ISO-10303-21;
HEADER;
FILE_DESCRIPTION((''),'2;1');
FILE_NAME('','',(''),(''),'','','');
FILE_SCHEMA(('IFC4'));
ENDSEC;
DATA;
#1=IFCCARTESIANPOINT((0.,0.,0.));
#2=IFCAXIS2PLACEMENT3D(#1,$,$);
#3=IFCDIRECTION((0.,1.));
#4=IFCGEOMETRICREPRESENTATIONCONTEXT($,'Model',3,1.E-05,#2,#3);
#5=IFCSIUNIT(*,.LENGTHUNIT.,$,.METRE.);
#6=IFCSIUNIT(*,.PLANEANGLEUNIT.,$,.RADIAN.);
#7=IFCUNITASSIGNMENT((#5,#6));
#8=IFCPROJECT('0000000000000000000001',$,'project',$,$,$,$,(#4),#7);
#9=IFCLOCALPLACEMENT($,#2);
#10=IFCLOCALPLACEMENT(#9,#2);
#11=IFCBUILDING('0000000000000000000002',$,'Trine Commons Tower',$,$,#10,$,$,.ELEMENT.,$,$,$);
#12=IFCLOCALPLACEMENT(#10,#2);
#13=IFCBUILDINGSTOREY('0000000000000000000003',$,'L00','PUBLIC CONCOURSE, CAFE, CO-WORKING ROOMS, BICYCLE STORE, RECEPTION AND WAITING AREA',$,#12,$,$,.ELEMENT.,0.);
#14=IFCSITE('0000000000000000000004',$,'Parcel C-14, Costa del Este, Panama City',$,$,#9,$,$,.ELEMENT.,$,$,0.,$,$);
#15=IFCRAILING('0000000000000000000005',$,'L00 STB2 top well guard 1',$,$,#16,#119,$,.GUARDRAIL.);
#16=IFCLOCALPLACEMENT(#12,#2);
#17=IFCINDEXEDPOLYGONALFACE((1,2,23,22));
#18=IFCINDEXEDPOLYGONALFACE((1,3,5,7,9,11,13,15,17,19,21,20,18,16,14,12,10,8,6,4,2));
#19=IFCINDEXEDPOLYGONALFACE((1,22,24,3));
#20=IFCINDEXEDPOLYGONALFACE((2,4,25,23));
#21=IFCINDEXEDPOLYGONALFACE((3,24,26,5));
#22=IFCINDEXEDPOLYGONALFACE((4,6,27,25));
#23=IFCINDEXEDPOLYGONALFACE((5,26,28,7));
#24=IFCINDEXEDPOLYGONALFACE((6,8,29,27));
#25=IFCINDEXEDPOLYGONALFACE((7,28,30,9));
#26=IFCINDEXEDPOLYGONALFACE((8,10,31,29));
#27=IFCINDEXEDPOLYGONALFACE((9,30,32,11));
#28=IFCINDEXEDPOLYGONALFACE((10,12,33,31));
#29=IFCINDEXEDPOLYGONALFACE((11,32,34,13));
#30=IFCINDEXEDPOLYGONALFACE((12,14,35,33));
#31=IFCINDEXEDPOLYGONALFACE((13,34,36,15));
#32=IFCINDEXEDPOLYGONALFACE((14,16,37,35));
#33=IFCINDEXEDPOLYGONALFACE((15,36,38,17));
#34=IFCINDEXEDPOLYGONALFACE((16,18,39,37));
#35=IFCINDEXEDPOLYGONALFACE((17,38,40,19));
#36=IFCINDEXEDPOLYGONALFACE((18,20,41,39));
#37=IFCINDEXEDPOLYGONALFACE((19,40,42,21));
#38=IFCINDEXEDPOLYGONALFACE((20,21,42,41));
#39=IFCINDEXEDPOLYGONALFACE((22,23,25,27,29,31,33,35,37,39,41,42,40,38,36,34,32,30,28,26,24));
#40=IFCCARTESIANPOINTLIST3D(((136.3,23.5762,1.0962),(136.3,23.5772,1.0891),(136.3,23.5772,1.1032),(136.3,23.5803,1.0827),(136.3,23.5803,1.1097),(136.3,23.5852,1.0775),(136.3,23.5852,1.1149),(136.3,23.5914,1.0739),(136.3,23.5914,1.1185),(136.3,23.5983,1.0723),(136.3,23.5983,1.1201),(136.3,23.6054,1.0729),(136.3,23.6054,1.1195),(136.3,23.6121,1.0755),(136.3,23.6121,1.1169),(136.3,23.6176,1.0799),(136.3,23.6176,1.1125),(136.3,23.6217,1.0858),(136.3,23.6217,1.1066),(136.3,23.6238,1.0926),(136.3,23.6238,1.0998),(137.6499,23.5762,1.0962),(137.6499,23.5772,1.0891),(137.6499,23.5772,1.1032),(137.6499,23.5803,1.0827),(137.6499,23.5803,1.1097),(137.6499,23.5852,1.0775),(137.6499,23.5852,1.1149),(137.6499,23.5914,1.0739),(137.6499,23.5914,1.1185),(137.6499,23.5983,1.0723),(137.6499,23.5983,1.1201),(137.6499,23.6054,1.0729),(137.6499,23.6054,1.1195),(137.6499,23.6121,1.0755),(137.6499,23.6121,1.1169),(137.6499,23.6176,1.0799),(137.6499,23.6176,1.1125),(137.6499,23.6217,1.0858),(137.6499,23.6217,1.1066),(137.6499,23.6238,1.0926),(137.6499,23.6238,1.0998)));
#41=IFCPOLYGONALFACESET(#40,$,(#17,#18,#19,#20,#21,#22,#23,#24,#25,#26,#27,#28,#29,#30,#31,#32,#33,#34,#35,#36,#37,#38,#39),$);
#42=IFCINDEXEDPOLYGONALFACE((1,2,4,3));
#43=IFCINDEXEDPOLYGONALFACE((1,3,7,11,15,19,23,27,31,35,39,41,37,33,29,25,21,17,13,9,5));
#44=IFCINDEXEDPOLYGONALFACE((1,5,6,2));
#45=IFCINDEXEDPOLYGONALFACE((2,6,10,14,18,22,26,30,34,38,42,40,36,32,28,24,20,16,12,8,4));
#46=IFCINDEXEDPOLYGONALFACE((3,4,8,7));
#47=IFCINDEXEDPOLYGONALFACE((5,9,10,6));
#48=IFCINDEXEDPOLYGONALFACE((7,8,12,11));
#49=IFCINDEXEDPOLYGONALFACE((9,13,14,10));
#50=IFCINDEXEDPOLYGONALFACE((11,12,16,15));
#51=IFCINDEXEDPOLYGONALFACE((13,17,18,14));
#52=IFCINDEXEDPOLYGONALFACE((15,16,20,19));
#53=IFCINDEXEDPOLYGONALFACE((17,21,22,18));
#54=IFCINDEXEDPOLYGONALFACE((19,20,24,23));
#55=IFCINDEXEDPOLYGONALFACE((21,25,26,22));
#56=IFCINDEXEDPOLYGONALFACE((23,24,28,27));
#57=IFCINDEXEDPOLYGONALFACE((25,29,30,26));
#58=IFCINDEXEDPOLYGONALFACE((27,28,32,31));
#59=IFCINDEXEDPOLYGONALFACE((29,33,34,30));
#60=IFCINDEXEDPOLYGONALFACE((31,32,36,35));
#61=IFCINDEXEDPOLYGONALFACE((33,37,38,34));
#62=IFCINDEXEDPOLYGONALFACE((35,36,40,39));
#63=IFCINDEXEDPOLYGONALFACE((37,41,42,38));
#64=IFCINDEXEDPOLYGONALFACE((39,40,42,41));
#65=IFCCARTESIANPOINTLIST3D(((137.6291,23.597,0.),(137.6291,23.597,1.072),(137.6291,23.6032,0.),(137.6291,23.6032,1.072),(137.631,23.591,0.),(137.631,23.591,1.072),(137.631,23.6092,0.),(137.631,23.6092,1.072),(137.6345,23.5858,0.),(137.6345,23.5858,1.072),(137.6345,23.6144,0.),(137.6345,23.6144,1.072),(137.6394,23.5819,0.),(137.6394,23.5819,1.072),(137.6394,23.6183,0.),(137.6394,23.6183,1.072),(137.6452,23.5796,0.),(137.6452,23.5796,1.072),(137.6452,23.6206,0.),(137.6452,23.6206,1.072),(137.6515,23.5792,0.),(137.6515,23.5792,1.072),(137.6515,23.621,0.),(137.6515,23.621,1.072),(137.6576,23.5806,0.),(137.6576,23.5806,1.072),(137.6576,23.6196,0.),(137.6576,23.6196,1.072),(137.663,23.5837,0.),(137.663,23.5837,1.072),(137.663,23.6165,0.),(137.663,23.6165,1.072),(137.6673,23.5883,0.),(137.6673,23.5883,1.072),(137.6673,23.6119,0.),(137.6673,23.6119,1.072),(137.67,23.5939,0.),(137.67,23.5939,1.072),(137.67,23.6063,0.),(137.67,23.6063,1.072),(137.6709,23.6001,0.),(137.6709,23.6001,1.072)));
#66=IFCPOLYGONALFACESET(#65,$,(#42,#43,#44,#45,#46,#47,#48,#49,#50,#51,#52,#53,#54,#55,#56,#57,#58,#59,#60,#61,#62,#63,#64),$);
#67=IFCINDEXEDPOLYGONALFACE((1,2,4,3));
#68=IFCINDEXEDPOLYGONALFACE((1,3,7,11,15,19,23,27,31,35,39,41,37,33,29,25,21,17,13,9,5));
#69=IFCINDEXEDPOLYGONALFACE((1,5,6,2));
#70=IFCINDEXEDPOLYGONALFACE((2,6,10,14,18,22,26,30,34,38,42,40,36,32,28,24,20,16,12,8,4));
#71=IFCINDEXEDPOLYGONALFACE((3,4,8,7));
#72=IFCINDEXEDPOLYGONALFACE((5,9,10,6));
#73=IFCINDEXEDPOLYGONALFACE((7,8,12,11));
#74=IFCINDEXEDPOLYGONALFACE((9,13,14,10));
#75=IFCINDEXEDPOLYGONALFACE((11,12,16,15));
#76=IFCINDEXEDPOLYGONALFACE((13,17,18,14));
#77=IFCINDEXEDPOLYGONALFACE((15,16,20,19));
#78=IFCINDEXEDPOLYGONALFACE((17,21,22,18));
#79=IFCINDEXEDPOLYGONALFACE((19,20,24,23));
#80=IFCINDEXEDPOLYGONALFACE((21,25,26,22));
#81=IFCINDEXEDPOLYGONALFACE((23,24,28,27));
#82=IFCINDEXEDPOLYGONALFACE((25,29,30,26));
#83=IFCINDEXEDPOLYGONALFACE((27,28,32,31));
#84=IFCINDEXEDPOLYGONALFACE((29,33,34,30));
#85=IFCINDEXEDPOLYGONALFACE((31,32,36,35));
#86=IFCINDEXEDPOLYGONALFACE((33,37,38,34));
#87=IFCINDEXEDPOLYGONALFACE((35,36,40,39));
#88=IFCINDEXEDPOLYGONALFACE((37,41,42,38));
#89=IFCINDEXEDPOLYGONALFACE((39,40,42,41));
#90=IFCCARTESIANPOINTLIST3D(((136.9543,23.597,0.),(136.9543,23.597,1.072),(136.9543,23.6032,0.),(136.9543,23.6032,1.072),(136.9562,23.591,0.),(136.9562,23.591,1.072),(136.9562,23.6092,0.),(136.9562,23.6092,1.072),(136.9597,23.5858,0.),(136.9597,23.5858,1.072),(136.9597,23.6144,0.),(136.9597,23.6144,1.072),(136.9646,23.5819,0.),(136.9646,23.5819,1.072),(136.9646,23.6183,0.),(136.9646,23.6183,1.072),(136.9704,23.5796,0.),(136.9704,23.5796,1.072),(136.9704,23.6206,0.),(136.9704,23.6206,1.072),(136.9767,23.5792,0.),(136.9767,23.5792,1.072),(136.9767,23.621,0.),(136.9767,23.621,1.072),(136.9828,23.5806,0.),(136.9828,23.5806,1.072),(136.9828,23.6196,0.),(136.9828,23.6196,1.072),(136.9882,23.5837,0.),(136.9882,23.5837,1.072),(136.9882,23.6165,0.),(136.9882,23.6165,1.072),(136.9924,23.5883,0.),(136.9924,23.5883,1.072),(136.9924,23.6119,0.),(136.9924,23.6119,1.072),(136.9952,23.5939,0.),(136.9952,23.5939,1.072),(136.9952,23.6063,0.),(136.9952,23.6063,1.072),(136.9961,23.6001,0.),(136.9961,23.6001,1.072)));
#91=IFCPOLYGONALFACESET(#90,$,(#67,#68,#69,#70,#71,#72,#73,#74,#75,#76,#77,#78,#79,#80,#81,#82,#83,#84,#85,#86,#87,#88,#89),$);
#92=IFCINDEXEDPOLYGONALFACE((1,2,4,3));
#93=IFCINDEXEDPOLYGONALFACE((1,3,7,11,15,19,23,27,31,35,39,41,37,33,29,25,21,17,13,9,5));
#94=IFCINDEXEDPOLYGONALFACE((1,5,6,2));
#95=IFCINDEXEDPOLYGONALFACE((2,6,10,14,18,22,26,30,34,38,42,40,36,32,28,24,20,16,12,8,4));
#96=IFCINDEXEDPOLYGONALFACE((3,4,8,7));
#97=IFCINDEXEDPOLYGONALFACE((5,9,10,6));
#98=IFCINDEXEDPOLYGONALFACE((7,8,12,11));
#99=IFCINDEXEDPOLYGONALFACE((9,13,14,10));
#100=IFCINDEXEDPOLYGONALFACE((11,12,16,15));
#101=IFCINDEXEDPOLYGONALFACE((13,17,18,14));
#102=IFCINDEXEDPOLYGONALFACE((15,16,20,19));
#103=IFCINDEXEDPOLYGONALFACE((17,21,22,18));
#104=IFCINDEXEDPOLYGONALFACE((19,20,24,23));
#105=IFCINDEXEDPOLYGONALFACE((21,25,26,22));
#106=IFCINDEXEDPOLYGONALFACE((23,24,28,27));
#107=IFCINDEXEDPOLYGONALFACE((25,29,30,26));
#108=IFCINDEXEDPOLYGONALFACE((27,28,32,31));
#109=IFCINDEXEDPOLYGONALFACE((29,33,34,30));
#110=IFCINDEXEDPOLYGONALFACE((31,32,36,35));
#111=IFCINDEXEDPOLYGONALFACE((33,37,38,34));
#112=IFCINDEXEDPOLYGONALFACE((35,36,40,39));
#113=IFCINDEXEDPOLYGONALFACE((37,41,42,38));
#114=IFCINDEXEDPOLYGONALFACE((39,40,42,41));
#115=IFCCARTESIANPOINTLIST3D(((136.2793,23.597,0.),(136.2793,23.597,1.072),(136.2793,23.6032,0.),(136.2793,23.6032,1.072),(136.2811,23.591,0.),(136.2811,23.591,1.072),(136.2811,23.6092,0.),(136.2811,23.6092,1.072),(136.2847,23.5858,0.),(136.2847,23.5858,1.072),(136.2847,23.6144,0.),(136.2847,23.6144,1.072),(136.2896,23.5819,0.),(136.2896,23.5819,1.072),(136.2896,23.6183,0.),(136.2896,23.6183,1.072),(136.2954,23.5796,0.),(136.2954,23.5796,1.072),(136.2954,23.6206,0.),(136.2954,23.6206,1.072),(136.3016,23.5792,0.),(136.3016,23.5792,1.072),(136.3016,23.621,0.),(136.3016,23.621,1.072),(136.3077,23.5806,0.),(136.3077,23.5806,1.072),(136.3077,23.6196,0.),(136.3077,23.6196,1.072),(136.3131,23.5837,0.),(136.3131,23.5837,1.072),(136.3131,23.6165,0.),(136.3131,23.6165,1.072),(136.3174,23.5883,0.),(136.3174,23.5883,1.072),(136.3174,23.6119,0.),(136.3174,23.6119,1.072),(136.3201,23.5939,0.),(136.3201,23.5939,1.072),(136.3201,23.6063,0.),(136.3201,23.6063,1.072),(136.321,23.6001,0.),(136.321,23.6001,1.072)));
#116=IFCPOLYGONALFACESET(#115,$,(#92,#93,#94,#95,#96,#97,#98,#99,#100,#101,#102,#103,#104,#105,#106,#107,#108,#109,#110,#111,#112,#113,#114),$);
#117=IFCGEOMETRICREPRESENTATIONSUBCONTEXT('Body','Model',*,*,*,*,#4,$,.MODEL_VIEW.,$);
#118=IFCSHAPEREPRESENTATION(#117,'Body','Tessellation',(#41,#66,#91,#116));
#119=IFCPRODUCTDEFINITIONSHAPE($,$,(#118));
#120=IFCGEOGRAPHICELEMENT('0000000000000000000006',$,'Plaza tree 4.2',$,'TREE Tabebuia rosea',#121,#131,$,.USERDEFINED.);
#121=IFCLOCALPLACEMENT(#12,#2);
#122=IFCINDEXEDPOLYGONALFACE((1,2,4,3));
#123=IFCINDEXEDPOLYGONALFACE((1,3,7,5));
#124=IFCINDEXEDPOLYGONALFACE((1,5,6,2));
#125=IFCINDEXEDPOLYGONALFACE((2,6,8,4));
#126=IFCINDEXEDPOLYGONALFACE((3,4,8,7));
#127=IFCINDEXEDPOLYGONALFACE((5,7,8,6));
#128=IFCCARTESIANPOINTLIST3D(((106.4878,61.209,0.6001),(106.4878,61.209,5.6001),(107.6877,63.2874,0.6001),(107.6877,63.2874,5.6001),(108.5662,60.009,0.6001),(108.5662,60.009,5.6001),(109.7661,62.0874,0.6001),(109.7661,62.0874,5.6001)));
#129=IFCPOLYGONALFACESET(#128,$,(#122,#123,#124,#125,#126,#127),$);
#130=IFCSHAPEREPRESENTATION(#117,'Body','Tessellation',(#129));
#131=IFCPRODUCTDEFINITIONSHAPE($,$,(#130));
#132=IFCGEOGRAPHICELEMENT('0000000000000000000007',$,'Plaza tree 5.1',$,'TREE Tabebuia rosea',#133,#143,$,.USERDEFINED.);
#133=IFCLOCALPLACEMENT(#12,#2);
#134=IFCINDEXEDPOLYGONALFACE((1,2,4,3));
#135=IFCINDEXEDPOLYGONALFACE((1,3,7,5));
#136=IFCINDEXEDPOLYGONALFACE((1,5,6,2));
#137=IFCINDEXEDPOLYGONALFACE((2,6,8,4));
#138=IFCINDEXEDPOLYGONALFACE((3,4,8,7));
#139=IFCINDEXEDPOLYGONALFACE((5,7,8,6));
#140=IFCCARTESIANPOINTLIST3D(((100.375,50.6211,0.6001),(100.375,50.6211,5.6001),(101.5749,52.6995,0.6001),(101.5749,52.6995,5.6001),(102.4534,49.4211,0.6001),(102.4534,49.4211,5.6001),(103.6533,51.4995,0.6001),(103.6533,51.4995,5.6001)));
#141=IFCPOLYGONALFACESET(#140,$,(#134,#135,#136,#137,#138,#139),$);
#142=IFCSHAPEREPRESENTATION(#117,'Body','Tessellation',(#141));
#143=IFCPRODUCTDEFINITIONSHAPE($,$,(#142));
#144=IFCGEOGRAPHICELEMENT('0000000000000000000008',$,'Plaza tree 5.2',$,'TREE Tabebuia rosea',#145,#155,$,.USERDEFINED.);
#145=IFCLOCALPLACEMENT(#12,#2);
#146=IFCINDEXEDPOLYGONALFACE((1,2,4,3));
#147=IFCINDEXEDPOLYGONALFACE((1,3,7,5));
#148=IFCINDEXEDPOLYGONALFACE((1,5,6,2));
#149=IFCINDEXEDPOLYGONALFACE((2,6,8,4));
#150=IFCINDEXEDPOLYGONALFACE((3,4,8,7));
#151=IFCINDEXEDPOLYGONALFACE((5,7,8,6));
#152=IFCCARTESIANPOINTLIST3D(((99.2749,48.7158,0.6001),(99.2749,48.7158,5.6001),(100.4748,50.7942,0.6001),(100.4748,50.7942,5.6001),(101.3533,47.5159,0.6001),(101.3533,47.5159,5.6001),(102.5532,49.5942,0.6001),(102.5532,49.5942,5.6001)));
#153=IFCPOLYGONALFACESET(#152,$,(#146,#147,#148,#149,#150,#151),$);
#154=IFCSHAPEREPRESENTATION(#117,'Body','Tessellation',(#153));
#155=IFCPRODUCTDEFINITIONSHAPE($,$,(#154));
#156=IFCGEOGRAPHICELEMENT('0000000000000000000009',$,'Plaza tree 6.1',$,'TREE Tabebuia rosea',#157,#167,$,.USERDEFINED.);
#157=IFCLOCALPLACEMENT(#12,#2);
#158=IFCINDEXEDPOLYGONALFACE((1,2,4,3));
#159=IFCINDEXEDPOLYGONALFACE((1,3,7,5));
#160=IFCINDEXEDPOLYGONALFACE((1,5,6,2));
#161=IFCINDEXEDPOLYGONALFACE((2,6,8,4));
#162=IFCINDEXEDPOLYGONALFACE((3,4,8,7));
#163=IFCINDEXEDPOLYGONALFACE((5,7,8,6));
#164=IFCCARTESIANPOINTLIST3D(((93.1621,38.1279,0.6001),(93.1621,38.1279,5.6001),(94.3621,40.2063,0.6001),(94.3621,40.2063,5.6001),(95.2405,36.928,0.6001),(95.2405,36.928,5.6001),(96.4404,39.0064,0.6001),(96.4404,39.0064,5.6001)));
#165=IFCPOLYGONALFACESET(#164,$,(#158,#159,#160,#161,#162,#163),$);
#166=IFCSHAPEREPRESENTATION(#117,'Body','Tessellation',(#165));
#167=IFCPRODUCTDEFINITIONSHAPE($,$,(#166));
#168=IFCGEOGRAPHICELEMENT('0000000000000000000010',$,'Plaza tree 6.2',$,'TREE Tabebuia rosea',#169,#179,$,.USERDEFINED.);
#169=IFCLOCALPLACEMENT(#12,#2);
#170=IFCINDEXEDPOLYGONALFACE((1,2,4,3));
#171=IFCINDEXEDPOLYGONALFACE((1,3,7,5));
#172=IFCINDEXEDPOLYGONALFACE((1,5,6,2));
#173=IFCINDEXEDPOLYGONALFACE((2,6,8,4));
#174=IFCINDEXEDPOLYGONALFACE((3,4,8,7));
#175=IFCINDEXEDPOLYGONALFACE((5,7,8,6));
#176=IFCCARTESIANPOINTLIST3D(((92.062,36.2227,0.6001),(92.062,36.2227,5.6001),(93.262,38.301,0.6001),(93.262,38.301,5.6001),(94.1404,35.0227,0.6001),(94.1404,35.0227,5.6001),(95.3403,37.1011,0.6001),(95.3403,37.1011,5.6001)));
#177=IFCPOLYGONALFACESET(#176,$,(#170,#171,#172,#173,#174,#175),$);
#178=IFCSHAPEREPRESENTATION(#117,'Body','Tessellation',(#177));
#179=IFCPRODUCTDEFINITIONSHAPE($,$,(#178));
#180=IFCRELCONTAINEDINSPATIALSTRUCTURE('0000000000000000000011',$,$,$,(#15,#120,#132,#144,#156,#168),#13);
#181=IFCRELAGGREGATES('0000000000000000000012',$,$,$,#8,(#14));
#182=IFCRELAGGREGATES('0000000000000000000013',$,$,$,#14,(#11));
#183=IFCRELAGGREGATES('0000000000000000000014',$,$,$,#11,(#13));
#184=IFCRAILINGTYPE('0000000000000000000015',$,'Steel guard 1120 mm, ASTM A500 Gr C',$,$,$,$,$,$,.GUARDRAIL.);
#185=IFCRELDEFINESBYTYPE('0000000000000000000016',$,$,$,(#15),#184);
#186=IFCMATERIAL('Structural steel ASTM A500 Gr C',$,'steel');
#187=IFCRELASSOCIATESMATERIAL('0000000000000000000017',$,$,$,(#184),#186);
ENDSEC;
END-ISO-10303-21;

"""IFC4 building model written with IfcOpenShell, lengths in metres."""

from ifc_helpers import new_model, si_unit, direction, frame, origin, origin_2d, place, context, subcontext, project, spatial, rectangle, circle, extrude, material, type_object, element, save


model = new_model("IFC4")

# Units and contexts
model_context = context("Model", 3, precision=1e-05, world=origin(), true_north=direction((0.0, 1.0)))
body_context = subcontext(model_context, "Body", "Model", "MODEL_VIEW")
ifc_project = project(units=[si_unit("LENGTHUNIT", "METRE"), si_unit("PLANEANGLEUNIT", "RADIAN")], contexts=[model_context])

# Site, building, storey
site_placement = place(None, origin())
site = spatial("IfcSite", under=ifc_project, at=site_placement, Name="Parcel C-14, Costa del Este, Panama City", CompositionType="ELEMENT", RefElevation=0.0)
building_placement = place(site_placement, origin())
building = spatial("IfcBuilding", under=site, at=building_placement, Name="Trine Commons Tower", CompositionType="ELEMENT")
storey_placement = place(building_placement, origin())
storey = spatial("IfcBuildingStorey", under=building, at=storey_placement, Name="L00", Description="PUBLIC CONCOURSE, CAFE, CO-WORKING ROOMS, BICYCLE STORE, RECEPTION AND WAITING AREA", CompositionType="ELEMENT", Elevation=0.0)

# Railing
ifc_material_1 = material(Name="Structural steel ASTM A500 Gr C", Category="steel")
railing_type = type_object("IfcRailingType", Name="Steel guard 1120 mm, ASTM A500 Gr C", PredefinedType="GUARDRAIL", material=ifc_material_1)
railing_placement = place(storey_placement, frame((137.6499, 23.6001, 0.0)))
element("IfcRailing", 1, at=railing_placement, inside=storey, type_object=railing_type, Name="L00 STB2 top well guard 1", PredefinedType="GUARDRAIL", context=body_context, shape_type="SweptSolid", body=[
    extrude(circle(Radius=0.0239, at=origin_2d()), frame((0.0, 0.0, 1.0962), z_axis=(-1.0, 0.0, 0.0), x_axis=(0.0, -1.0, 0.0)), (0.0, 0.0, 1.0), 1.3499),
    extrude(circle(Radius=0.021, at=origin_2d()), origin(), (0.0, 0.0, 1.0), 1.072),
    extrude(circle(Radius=0.021, at=origin_2d()), frame((-0.6748, 0.0, 0.0)), (0.0, 0.0, 1.0), 1.072),
    extrude(circle(Radius=0.021, at=origin_2d()), frame((-1.3499, 0.0, 0.0)), (0.0, 0.0, 1.0), 1.072),
])

# Geographic elements
for number, where, z_axis, x_axis, name in (
    (2, (108.127, 61.6482, 0.6001), (0.0, 0.0, 1.0), (-0.5, -0.866025, 0.0), "Plaza tree 4.2"),
    (3, (102.0142, 51.0603, 0.6001), (0.0, 0.0, 1.0), (-0.5, -0.866025, 0.0), "Plaza tree 5.1"),
    (4, (100.9141, 49.155, 0.6001), (0.0, 0.0, 1.0), (-0.5, -0.866025, 0.0), "Plaza tree 5.2"),
    (5, (94.8013, 38.5671, 0.6001), (0.0, 0.0, 1.0), (-0.5, -0.866025, 0.0), "Plaza tree 6.1"),
    (6, (93.7012, 36.6619, 0.6001), (0.0, 0.0, 1.0), (-0.5, -0.866025, 0.0), "Plaza tree 6.2"),
):
    element("IfcGeographicElement", number, at=place(storey_placement, frame(where, z_axis=z_axis, x_axis=x_axis)), inside=storey, Name=name, ObjectType="TREE Tabebuia rosea", PredefinedType="USERDEFINED", context=body_context, shape_type="SweptSolid", body=[
        extrude(rectangle(XDim=2.3999, YDim=2.3999, at=origin_2d()), origin(), (0.0, 0.0, 1.0), 5.0),
    ])

save(model, "model.ifc")
